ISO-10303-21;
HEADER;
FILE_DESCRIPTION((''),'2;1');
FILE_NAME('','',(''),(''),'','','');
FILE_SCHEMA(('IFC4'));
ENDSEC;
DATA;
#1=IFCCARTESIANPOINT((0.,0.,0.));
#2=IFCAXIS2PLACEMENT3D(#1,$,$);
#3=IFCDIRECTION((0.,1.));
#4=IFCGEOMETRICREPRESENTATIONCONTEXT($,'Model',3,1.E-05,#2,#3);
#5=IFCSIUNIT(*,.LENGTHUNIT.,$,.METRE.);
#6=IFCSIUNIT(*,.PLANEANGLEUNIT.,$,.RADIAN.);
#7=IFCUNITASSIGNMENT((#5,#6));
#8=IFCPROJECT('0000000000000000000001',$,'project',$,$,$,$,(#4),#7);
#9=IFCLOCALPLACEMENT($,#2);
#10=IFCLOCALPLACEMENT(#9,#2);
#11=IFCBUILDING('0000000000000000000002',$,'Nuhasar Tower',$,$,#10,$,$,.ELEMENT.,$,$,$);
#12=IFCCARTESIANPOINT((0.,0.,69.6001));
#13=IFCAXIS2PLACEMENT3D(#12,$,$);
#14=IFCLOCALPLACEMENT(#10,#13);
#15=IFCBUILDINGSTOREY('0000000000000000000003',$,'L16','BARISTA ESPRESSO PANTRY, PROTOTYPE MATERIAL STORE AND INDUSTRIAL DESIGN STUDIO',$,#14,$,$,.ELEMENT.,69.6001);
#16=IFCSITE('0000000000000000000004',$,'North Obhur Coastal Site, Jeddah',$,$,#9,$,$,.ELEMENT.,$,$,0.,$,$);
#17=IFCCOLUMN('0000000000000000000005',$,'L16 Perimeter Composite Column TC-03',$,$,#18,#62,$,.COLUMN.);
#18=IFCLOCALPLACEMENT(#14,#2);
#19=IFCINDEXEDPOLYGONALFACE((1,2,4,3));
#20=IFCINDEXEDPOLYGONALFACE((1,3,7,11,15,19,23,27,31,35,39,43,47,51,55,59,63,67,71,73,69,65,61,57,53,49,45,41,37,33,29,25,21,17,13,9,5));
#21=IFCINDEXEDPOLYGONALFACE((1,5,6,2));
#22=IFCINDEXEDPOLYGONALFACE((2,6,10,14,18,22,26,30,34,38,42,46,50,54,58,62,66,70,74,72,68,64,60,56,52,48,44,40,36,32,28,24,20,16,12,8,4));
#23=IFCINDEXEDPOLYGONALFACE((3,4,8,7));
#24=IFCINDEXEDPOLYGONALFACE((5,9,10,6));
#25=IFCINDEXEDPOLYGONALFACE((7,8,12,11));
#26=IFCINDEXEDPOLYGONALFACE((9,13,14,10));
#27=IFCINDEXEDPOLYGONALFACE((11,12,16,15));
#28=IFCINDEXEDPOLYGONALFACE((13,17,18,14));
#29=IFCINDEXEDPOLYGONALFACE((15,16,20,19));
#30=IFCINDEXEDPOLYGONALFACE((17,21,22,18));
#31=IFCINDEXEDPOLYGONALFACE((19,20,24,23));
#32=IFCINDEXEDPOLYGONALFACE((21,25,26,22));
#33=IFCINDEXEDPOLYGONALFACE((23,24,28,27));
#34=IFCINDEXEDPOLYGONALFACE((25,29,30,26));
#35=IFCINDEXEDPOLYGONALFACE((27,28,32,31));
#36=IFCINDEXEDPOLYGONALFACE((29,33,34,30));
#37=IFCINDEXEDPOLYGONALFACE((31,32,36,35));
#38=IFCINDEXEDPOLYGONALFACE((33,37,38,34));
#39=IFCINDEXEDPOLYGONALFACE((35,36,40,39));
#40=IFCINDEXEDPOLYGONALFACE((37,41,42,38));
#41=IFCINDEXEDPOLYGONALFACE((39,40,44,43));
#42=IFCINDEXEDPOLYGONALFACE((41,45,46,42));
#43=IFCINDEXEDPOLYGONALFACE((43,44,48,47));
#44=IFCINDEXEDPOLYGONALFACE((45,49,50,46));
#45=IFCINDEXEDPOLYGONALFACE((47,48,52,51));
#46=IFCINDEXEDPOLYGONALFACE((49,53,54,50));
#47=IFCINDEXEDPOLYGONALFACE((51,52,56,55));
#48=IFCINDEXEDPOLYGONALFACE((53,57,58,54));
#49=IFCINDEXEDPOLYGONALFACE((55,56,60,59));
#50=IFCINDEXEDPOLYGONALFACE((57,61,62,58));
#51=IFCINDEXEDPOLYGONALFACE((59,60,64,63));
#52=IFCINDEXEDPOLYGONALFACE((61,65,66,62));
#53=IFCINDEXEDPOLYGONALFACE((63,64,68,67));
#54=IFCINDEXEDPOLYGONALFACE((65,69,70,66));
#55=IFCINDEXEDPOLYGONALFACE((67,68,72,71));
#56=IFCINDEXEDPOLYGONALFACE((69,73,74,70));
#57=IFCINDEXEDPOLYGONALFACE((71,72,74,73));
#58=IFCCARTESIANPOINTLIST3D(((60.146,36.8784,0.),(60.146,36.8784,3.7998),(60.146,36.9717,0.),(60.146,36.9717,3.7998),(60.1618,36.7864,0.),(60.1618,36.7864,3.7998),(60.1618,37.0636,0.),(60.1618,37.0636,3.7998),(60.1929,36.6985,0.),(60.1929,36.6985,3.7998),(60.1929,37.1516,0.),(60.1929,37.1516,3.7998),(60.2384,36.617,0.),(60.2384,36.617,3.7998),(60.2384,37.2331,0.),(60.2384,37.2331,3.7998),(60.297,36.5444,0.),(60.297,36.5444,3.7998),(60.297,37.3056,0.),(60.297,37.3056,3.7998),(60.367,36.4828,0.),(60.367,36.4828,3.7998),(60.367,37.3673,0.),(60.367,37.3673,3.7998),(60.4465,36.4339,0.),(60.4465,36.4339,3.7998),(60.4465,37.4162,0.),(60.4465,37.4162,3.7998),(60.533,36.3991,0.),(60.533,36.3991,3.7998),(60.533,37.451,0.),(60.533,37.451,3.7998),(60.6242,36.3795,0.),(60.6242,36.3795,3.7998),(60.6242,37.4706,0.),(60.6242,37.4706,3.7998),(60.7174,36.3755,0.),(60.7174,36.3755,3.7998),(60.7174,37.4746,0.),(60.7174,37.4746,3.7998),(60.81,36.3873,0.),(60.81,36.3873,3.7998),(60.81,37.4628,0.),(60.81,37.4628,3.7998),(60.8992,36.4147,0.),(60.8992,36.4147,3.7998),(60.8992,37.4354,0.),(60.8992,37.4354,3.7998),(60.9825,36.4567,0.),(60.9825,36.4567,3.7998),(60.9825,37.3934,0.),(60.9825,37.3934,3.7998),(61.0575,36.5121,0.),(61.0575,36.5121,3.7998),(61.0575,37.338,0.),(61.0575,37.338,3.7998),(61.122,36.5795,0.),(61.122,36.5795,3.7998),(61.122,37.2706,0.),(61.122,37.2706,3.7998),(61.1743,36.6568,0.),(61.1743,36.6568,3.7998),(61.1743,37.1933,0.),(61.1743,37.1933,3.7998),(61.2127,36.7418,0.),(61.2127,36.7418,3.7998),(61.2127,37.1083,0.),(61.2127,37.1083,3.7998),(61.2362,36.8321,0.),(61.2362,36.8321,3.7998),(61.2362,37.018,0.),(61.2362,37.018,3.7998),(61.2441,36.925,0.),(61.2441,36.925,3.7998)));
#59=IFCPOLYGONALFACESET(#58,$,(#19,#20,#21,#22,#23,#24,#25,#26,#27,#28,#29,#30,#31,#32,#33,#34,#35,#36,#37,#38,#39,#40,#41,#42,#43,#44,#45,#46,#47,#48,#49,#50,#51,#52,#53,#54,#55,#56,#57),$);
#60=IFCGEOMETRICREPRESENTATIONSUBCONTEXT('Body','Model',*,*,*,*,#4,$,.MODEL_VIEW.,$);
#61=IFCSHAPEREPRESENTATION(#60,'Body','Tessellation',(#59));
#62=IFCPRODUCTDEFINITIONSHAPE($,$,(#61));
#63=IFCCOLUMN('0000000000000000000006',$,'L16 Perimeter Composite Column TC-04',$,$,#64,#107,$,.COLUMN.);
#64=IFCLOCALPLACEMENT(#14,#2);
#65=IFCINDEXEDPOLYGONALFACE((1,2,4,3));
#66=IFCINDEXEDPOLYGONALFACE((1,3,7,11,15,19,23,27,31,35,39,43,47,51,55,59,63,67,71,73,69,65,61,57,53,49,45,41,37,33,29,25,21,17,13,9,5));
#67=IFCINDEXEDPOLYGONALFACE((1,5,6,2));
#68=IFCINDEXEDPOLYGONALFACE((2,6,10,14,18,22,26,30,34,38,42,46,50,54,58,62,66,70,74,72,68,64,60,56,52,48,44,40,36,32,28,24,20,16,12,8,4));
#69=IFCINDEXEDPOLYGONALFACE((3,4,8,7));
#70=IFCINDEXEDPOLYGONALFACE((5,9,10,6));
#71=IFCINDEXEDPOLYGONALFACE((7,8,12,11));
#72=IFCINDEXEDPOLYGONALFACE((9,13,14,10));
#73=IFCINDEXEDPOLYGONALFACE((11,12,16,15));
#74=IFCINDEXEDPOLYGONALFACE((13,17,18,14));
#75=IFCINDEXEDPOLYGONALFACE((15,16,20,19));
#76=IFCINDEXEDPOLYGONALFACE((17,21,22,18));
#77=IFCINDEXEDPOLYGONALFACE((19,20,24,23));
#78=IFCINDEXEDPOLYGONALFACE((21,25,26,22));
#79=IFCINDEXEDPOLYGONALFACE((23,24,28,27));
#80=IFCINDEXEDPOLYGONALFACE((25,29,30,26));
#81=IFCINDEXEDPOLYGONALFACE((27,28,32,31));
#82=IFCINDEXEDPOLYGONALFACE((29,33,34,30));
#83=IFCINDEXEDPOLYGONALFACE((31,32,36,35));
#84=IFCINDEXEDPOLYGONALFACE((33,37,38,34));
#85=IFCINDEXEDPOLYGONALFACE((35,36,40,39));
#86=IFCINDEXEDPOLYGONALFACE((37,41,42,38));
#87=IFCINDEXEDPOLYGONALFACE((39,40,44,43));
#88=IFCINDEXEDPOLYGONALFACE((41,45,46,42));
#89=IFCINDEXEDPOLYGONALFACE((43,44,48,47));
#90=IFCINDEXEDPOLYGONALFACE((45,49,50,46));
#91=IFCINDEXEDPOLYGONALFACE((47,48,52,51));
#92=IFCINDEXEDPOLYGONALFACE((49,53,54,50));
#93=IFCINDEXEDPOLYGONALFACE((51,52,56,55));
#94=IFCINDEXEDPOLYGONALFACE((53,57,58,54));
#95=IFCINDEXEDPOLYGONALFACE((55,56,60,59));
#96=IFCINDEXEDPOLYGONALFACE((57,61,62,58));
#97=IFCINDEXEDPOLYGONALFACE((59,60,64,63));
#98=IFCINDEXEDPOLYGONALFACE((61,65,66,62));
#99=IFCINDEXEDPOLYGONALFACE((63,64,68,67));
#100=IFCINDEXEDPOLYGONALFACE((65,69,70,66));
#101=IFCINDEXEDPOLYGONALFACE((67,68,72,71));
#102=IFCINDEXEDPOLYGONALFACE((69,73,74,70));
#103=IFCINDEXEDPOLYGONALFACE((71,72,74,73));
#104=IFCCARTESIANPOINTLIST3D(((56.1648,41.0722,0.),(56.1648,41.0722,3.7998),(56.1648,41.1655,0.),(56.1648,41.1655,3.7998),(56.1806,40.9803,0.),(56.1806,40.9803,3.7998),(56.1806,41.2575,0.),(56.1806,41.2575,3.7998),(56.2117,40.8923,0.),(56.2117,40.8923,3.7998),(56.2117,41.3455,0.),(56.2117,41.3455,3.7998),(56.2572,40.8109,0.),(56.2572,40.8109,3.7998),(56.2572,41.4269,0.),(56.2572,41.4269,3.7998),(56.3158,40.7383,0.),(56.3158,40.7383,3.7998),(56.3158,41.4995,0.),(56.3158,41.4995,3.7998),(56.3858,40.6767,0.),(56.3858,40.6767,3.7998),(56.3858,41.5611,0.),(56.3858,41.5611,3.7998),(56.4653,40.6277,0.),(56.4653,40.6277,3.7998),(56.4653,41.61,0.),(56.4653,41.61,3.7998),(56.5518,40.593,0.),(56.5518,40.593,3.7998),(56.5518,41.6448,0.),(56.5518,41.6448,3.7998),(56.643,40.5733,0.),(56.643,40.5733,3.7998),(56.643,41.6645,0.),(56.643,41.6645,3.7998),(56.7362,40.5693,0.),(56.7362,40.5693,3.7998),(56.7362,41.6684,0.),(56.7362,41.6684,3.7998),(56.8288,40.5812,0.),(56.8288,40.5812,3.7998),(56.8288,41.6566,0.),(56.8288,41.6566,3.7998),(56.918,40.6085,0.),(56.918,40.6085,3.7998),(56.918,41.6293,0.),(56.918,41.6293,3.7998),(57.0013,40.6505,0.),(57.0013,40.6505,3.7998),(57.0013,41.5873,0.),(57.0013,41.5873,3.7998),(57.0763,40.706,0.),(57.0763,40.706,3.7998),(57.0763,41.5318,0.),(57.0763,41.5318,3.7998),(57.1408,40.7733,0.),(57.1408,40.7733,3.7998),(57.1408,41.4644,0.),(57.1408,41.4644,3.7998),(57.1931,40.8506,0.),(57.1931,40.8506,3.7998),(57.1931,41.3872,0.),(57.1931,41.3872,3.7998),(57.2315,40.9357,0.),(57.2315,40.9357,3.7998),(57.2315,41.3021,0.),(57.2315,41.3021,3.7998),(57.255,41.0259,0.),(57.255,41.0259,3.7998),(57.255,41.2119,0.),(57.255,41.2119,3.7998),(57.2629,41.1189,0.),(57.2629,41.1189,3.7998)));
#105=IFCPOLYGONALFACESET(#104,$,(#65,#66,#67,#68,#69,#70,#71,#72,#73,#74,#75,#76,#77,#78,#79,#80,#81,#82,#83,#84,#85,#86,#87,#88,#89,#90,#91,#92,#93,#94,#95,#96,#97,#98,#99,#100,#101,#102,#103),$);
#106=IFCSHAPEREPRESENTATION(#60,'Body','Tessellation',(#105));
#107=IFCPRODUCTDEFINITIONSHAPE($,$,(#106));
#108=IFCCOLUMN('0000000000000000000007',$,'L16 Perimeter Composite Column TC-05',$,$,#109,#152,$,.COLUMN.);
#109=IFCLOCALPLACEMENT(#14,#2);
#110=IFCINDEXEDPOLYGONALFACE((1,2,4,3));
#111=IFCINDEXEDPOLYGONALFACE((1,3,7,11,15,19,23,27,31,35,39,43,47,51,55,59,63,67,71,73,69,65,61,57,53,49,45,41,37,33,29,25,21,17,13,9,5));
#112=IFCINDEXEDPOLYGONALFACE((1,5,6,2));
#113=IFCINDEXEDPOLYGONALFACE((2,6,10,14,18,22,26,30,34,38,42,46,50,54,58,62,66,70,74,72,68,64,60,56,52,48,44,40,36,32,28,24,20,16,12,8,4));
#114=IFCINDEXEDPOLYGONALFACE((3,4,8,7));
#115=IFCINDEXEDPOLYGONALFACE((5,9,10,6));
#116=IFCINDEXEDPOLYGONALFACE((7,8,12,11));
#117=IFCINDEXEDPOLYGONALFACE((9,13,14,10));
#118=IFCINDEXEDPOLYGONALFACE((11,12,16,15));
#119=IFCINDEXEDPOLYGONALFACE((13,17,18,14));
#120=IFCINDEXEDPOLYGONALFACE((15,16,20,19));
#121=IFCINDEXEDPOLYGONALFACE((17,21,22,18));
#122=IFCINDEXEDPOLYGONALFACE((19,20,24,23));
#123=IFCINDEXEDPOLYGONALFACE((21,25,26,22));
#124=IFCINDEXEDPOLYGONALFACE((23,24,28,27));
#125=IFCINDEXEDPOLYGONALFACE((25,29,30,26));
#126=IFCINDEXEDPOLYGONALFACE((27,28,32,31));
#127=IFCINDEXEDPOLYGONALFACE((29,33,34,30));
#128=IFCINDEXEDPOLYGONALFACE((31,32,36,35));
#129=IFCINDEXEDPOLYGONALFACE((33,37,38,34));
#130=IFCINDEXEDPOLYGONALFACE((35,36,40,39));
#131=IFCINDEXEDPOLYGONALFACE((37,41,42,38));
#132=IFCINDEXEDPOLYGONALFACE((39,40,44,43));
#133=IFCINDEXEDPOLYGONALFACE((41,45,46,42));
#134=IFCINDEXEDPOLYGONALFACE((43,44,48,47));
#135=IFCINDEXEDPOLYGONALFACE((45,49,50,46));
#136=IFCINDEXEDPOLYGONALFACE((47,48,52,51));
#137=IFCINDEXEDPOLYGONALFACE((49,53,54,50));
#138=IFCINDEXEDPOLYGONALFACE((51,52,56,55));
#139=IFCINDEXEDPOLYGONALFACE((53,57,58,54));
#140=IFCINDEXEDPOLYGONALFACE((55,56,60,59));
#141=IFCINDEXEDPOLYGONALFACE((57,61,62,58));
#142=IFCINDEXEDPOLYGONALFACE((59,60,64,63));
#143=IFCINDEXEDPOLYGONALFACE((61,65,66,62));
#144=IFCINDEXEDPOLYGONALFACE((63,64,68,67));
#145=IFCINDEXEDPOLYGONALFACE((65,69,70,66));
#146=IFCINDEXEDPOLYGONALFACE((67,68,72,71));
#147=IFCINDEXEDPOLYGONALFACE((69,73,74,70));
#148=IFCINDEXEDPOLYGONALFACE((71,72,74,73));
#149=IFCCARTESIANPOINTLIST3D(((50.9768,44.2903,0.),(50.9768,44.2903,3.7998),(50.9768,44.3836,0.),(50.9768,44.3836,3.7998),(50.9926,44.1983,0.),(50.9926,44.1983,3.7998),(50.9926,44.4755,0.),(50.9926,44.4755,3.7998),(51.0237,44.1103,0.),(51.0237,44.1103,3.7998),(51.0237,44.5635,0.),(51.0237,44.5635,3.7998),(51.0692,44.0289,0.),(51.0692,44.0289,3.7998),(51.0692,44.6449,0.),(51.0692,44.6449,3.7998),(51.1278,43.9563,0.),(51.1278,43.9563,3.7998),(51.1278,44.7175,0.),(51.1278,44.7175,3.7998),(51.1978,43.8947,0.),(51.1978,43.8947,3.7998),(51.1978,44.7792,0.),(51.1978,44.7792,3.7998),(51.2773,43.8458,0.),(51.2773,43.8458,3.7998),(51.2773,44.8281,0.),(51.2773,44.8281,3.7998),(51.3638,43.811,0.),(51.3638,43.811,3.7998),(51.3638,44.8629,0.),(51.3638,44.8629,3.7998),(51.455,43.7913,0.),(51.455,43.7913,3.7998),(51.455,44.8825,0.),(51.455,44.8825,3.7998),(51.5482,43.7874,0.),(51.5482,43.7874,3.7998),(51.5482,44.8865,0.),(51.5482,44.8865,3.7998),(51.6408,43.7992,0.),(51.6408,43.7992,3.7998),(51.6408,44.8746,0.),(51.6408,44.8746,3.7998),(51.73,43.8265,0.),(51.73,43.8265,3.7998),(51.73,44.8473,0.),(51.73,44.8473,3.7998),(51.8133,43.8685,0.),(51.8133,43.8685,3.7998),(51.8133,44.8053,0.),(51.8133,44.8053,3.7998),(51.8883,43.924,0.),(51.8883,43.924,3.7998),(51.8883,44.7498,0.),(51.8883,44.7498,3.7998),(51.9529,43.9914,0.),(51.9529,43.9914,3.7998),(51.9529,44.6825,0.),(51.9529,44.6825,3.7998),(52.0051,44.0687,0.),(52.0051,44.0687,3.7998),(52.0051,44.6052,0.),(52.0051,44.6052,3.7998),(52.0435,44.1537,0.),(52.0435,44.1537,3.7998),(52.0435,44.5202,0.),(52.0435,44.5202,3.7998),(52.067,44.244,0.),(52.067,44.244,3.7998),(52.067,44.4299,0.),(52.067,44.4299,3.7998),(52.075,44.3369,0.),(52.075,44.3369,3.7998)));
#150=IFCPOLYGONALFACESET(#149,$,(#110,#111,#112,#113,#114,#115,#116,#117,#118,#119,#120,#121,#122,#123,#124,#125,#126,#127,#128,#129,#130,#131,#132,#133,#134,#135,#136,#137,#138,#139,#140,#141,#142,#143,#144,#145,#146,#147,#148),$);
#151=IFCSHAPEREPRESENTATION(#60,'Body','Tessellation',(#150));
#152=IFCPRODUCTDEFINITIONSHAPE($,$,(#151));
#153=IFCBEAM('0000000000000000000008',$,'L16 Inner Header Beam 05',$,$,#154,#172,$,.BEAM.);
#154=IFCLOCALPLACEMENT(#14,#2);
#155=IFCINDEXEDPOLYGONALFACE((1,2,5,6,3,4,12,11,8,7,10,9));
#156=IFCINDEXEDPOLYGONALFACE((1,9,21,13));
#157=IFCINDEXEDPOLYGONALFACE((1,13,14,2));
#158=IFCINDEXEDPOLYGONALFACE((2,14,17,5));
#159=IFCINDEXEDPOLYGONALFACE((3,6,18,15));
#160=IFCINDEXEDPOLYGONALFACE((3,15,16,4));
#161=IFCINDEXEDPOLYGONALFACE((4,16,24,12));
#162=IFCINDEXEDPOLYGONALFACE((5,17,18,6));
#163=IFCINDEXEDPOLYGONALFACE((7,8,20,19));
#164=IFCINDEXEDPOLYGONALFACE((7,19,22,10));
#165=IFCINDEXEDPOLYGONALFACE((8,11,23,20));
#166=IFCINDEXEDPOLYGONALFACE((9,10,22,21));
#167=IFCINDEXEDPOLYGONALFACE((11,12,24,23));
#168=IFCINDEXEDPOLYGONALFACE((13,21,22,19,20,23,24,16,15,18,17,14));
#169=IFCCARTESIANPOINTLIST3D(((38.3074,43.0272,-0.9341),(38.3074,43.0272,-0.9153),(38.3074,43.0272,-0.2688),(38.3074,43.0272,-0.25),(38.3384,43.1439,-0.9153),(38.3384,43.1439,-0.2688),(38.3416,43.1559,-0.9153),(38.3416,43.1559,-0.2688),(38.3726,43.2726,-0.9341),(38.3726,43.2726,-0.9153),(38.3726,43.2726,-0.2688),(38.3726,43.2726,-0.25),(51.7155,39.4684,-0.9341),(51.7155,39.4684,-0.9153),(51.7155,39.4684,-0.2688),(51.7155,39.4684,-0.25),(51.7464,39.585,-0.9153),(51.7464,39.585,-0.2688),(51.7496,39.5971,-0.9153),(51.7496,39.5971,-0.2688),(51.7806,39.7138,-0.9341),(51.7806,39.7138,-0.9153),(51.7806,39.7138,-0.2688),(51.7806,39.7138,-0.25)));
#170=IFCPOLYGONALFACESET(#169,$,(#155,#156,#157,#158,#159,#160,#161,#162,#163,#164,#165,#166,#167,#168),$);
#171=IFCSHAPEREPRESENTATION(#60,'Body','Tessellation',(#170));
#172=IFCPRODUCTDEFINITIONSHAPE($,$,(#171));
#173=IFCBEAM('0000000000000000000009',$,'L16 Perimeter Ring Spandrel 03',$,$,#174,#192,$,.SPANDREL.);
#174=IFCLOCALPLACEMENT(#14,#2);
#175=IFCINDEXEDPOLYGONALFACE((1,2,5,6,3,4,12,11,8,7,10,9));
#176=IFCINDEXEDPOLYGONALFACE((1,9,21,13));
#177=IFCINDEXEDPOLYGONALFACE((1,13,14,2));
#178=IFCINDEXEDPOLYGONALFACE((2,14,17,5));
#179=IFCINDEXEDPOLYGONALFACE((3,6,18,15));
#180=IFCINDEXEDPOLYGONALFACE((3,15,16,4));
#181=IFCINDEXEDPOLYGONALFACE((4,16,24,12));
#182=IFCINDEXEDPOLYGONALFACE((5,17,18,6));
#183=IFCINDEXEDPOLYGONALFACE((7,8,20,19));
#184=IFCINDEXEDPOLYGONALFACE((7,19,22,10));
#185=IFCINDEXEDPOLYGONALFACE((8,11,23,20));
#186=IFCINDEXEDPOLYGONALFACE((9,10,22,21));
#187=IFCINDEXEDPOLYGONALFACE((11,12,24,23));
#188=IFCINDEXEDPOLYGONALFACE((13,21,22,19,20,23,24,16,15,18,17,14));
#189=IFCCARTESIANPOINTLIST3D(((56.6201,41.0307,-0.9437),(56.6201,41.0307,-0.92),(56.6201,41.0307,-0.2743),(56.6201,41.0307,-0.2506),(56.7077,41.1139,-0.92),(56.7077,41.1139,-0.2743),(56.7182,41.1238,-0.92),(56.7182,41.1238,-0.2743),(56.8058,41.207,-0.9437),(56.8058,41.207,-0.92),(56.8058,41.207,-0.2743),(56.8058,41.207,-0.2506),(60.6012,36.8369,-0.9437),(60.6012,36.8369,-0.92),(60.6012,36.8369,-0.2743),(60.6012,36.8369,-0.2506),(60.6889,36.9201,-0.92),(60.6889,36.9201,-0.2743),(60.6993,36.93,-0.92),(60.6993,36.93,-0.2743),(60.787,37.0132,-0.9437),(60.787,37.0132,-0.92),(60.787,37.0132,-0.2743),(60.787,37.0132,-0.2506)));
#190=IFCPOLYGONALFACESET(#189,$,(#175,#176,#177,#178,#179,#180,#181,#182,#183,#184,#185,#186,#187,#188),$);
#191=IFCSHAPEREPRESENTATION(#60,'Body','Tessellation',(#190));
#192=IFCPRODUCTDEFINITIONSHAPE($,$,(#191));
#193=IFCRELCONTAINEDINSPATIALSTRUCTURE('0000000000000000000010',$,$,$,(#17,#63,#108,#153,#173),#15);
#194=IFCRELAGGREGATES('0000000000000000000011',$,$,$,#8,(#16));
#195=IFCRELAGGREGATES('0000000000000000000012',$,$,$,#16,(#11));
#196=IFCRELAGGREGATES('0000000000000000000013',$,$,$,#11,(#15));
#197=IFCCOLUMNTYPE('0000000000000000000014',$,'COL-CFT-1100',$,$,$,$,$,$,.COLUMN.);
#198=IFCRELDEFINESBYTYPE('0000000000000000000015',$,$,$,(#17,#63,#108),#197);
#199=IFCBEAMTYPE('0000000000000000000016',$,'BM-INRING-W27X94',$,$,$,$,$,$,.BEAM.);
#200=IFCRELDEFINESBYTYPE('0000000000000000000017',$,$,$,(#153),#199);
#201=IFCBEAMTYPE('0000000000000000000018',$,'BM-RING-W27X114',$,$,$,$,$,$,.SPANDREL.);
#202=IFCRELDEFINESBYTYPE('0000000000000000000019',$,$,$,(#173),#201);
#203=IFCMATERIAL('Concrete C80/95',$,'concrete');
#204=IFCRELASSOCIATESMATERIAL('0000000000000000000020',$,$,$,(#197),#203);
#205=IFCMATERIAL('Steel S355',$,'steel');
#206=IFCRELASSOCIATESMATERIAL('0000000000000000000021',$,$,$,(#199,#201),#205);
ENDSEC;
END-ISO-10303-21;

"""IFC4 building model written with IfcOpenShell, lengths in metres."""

from ifc_helpers import new_model, si_unit, direction, frame, origin, origin_2d, place, context, subcontext, project, spatial, circle, i_section, extrude, material, material_profile, profile_set, type_object, element, save


model = new_model("IFC4")

# Units and contexts
model_context = context("Model", 3, precision=1e-05, world=origin(), true_north=direction((0.0, 1.0)))
body_context = subcontext(model_context, "Body", "Model", "MODEL_VIEW")
ifc_project = project(units=[si_unit("LENGTHUNIT", "METRE"), si_unit("PLANEANGLEUNIT", "RADIAN")], contexts=[model_context])

# Site, building, storey
site_placement = place(None, origin())
site = spatial("IfcSite", under=ifc_project, at=site_placement, Name="North Obhur Coastal Site, Jeddah", CompositionType="ELEMENT", RefElevation=0.0)
building_placement = place(site_placement, origin())
building = spatial("IfcBuilding", under=site, at=building_placement, Name="Nuhasar Tower", CompositionType="ELEMENT")
storey_placement = place(building_placement, frame((0.0, 0.0, 69.6001)))
storey = spatial("IfcBuildingStorey", under=building, at=storey_placement, Name="L16", Description="BARISTA ESPRESSO PANTRY, PROTOTYPE MATERIAL STORE AND INDUSTRIAL DESIGN STUDIO", CompositionType="ELEMENT", Elevation=69.6001)

# Columns
ifc_material_1 = material(Name="Concrete C80/95", Category="concrete")
ifc_material_profile_1 = material_profile(ifc_material_1, circle(Radius=0.55, at=origin_2d()), Name="CFT1100")
ifc_profile_set_1 = profile_set([ifc_material_profile_1], Name="Concrete C80/95")
column_type = type_object("IfcColumnType", Name="COL-CFT-1100", PredefinedType="COLUMN", material=ifc_profile_set_1)
for number, where, z_axis, x_axis, name in (
    (1, (60.6941, 36.925, 0.0), (0.0, 0.0, 1.0), (1.0, 0.0, 0.0), "L16 Perimeter Composite Column TC-03"),
    (2, (56.7129, 41.1189, 0.0), (0.0, 0.0, 1.0), (1.0, 0.0, 0.0), "L16 Perimeter Composite Column TC-04"),
    (3, (51.5249, 44.3369, 0.0), (0.0, 0.0, 1.0), (1.0, 0.0, 0.0), "L16 Perimeter Composite Column TC-05"),
):
    element("IfcColumn", number, at=place(storey_placement, frame(where, z_axis=z_axis, x_axis=x_axis)), inside=storey, type_object=column_type, Name=name, PredefinedType="COLUMN", context=body_context, shape_type="SweptSolid", body=[
        extrude(circle(Radius=0.55, at=origin_2d()), origin(), (0.0, 0.0, 1.0), 3.7998),
    ])

# Beams
ifc_material_2 = material(Name="Steel S355", Category="steel")
ifc_material_profile_2 = material_profile(ifc_material_2, i_section(OverallWidth=0.2539, OverallDepth=0.6841, WebThickness=0.0125, FlangeThickness=0.0188, at=origin_2d()), Name="W27X94")
ifc_profile_set_2 = profile_set([ifc_material_profile_2], Name="Steel S355")
beam_type_1 = type_object("IfcBeamType", Name="BM-INRING-W27X94", PredefinedType="BEAM", material=ifc_profile_set_2)
beam_1_placement = place(storey_placement, frame((51.748, 39.5911, -0.592), z_axis=(-0.966533, 0.256544, 0.0), x_axis=(-0.256544, -0.966533, 0.0)))
element("IfcBeam", 4, at=beam_1_placement, inside=storey, type_object=beam_type_1, Name="L16 Inner Header Beam 05", PredefinedType="BEAM", context=body_context, shape_type="SweptSolid", body=[
    extrude(i_section(OverallWidth=0.2539, OverallDepth=0.6841, WebThickness=0.0125, FlangeThickness=0.0188, at=origin_2d()), origin(), (0.0, 0.0, 1.0), 13.8723),
])
ifc_material_profile_3 = material_profile(ifc_material_2, i_section(OverallWidth=0.2561, OverallDepth=0.6931, WebThickness=0.0144, FlangeThickness=0.0237, at=origin_2d()), Name="W27X114")
ifc_profile_set_3 = profile_set([ifc_material_profile_3], Name="Steel S355")
beam_type_2 = type_object("IfcBeamType", Name="BM-RING-W27X114", PredefinedType="SPANDREL", material=ifc_profile_set_3)
beam_2_placement = place(storey_placement, frame((60.6941, 36.925, -0.5972), z_axis=(-0.688481, 0.725254, 0.0), x_axis=(-0.725254, -0.688481, 0.0)))
element("IfcBeam", 5, at=beam_2_placement, inside=storey, type_object=beam_type_2, Name="L16 Perimeter Ring Spandrel 03", PredefinedType="SPANDREL", context=body_context, shape_type="SweptSolid", body=[
    extrude(i_section(OverallWidth=0.2561, OverallDepth=0.6931, WebThickness=0.0144, FlangeThickness=0.0237, at=origin_2d()), origin(), (0.0, 0.0, 1.0), 5.7825),
])

save(model, "model.ifc")
